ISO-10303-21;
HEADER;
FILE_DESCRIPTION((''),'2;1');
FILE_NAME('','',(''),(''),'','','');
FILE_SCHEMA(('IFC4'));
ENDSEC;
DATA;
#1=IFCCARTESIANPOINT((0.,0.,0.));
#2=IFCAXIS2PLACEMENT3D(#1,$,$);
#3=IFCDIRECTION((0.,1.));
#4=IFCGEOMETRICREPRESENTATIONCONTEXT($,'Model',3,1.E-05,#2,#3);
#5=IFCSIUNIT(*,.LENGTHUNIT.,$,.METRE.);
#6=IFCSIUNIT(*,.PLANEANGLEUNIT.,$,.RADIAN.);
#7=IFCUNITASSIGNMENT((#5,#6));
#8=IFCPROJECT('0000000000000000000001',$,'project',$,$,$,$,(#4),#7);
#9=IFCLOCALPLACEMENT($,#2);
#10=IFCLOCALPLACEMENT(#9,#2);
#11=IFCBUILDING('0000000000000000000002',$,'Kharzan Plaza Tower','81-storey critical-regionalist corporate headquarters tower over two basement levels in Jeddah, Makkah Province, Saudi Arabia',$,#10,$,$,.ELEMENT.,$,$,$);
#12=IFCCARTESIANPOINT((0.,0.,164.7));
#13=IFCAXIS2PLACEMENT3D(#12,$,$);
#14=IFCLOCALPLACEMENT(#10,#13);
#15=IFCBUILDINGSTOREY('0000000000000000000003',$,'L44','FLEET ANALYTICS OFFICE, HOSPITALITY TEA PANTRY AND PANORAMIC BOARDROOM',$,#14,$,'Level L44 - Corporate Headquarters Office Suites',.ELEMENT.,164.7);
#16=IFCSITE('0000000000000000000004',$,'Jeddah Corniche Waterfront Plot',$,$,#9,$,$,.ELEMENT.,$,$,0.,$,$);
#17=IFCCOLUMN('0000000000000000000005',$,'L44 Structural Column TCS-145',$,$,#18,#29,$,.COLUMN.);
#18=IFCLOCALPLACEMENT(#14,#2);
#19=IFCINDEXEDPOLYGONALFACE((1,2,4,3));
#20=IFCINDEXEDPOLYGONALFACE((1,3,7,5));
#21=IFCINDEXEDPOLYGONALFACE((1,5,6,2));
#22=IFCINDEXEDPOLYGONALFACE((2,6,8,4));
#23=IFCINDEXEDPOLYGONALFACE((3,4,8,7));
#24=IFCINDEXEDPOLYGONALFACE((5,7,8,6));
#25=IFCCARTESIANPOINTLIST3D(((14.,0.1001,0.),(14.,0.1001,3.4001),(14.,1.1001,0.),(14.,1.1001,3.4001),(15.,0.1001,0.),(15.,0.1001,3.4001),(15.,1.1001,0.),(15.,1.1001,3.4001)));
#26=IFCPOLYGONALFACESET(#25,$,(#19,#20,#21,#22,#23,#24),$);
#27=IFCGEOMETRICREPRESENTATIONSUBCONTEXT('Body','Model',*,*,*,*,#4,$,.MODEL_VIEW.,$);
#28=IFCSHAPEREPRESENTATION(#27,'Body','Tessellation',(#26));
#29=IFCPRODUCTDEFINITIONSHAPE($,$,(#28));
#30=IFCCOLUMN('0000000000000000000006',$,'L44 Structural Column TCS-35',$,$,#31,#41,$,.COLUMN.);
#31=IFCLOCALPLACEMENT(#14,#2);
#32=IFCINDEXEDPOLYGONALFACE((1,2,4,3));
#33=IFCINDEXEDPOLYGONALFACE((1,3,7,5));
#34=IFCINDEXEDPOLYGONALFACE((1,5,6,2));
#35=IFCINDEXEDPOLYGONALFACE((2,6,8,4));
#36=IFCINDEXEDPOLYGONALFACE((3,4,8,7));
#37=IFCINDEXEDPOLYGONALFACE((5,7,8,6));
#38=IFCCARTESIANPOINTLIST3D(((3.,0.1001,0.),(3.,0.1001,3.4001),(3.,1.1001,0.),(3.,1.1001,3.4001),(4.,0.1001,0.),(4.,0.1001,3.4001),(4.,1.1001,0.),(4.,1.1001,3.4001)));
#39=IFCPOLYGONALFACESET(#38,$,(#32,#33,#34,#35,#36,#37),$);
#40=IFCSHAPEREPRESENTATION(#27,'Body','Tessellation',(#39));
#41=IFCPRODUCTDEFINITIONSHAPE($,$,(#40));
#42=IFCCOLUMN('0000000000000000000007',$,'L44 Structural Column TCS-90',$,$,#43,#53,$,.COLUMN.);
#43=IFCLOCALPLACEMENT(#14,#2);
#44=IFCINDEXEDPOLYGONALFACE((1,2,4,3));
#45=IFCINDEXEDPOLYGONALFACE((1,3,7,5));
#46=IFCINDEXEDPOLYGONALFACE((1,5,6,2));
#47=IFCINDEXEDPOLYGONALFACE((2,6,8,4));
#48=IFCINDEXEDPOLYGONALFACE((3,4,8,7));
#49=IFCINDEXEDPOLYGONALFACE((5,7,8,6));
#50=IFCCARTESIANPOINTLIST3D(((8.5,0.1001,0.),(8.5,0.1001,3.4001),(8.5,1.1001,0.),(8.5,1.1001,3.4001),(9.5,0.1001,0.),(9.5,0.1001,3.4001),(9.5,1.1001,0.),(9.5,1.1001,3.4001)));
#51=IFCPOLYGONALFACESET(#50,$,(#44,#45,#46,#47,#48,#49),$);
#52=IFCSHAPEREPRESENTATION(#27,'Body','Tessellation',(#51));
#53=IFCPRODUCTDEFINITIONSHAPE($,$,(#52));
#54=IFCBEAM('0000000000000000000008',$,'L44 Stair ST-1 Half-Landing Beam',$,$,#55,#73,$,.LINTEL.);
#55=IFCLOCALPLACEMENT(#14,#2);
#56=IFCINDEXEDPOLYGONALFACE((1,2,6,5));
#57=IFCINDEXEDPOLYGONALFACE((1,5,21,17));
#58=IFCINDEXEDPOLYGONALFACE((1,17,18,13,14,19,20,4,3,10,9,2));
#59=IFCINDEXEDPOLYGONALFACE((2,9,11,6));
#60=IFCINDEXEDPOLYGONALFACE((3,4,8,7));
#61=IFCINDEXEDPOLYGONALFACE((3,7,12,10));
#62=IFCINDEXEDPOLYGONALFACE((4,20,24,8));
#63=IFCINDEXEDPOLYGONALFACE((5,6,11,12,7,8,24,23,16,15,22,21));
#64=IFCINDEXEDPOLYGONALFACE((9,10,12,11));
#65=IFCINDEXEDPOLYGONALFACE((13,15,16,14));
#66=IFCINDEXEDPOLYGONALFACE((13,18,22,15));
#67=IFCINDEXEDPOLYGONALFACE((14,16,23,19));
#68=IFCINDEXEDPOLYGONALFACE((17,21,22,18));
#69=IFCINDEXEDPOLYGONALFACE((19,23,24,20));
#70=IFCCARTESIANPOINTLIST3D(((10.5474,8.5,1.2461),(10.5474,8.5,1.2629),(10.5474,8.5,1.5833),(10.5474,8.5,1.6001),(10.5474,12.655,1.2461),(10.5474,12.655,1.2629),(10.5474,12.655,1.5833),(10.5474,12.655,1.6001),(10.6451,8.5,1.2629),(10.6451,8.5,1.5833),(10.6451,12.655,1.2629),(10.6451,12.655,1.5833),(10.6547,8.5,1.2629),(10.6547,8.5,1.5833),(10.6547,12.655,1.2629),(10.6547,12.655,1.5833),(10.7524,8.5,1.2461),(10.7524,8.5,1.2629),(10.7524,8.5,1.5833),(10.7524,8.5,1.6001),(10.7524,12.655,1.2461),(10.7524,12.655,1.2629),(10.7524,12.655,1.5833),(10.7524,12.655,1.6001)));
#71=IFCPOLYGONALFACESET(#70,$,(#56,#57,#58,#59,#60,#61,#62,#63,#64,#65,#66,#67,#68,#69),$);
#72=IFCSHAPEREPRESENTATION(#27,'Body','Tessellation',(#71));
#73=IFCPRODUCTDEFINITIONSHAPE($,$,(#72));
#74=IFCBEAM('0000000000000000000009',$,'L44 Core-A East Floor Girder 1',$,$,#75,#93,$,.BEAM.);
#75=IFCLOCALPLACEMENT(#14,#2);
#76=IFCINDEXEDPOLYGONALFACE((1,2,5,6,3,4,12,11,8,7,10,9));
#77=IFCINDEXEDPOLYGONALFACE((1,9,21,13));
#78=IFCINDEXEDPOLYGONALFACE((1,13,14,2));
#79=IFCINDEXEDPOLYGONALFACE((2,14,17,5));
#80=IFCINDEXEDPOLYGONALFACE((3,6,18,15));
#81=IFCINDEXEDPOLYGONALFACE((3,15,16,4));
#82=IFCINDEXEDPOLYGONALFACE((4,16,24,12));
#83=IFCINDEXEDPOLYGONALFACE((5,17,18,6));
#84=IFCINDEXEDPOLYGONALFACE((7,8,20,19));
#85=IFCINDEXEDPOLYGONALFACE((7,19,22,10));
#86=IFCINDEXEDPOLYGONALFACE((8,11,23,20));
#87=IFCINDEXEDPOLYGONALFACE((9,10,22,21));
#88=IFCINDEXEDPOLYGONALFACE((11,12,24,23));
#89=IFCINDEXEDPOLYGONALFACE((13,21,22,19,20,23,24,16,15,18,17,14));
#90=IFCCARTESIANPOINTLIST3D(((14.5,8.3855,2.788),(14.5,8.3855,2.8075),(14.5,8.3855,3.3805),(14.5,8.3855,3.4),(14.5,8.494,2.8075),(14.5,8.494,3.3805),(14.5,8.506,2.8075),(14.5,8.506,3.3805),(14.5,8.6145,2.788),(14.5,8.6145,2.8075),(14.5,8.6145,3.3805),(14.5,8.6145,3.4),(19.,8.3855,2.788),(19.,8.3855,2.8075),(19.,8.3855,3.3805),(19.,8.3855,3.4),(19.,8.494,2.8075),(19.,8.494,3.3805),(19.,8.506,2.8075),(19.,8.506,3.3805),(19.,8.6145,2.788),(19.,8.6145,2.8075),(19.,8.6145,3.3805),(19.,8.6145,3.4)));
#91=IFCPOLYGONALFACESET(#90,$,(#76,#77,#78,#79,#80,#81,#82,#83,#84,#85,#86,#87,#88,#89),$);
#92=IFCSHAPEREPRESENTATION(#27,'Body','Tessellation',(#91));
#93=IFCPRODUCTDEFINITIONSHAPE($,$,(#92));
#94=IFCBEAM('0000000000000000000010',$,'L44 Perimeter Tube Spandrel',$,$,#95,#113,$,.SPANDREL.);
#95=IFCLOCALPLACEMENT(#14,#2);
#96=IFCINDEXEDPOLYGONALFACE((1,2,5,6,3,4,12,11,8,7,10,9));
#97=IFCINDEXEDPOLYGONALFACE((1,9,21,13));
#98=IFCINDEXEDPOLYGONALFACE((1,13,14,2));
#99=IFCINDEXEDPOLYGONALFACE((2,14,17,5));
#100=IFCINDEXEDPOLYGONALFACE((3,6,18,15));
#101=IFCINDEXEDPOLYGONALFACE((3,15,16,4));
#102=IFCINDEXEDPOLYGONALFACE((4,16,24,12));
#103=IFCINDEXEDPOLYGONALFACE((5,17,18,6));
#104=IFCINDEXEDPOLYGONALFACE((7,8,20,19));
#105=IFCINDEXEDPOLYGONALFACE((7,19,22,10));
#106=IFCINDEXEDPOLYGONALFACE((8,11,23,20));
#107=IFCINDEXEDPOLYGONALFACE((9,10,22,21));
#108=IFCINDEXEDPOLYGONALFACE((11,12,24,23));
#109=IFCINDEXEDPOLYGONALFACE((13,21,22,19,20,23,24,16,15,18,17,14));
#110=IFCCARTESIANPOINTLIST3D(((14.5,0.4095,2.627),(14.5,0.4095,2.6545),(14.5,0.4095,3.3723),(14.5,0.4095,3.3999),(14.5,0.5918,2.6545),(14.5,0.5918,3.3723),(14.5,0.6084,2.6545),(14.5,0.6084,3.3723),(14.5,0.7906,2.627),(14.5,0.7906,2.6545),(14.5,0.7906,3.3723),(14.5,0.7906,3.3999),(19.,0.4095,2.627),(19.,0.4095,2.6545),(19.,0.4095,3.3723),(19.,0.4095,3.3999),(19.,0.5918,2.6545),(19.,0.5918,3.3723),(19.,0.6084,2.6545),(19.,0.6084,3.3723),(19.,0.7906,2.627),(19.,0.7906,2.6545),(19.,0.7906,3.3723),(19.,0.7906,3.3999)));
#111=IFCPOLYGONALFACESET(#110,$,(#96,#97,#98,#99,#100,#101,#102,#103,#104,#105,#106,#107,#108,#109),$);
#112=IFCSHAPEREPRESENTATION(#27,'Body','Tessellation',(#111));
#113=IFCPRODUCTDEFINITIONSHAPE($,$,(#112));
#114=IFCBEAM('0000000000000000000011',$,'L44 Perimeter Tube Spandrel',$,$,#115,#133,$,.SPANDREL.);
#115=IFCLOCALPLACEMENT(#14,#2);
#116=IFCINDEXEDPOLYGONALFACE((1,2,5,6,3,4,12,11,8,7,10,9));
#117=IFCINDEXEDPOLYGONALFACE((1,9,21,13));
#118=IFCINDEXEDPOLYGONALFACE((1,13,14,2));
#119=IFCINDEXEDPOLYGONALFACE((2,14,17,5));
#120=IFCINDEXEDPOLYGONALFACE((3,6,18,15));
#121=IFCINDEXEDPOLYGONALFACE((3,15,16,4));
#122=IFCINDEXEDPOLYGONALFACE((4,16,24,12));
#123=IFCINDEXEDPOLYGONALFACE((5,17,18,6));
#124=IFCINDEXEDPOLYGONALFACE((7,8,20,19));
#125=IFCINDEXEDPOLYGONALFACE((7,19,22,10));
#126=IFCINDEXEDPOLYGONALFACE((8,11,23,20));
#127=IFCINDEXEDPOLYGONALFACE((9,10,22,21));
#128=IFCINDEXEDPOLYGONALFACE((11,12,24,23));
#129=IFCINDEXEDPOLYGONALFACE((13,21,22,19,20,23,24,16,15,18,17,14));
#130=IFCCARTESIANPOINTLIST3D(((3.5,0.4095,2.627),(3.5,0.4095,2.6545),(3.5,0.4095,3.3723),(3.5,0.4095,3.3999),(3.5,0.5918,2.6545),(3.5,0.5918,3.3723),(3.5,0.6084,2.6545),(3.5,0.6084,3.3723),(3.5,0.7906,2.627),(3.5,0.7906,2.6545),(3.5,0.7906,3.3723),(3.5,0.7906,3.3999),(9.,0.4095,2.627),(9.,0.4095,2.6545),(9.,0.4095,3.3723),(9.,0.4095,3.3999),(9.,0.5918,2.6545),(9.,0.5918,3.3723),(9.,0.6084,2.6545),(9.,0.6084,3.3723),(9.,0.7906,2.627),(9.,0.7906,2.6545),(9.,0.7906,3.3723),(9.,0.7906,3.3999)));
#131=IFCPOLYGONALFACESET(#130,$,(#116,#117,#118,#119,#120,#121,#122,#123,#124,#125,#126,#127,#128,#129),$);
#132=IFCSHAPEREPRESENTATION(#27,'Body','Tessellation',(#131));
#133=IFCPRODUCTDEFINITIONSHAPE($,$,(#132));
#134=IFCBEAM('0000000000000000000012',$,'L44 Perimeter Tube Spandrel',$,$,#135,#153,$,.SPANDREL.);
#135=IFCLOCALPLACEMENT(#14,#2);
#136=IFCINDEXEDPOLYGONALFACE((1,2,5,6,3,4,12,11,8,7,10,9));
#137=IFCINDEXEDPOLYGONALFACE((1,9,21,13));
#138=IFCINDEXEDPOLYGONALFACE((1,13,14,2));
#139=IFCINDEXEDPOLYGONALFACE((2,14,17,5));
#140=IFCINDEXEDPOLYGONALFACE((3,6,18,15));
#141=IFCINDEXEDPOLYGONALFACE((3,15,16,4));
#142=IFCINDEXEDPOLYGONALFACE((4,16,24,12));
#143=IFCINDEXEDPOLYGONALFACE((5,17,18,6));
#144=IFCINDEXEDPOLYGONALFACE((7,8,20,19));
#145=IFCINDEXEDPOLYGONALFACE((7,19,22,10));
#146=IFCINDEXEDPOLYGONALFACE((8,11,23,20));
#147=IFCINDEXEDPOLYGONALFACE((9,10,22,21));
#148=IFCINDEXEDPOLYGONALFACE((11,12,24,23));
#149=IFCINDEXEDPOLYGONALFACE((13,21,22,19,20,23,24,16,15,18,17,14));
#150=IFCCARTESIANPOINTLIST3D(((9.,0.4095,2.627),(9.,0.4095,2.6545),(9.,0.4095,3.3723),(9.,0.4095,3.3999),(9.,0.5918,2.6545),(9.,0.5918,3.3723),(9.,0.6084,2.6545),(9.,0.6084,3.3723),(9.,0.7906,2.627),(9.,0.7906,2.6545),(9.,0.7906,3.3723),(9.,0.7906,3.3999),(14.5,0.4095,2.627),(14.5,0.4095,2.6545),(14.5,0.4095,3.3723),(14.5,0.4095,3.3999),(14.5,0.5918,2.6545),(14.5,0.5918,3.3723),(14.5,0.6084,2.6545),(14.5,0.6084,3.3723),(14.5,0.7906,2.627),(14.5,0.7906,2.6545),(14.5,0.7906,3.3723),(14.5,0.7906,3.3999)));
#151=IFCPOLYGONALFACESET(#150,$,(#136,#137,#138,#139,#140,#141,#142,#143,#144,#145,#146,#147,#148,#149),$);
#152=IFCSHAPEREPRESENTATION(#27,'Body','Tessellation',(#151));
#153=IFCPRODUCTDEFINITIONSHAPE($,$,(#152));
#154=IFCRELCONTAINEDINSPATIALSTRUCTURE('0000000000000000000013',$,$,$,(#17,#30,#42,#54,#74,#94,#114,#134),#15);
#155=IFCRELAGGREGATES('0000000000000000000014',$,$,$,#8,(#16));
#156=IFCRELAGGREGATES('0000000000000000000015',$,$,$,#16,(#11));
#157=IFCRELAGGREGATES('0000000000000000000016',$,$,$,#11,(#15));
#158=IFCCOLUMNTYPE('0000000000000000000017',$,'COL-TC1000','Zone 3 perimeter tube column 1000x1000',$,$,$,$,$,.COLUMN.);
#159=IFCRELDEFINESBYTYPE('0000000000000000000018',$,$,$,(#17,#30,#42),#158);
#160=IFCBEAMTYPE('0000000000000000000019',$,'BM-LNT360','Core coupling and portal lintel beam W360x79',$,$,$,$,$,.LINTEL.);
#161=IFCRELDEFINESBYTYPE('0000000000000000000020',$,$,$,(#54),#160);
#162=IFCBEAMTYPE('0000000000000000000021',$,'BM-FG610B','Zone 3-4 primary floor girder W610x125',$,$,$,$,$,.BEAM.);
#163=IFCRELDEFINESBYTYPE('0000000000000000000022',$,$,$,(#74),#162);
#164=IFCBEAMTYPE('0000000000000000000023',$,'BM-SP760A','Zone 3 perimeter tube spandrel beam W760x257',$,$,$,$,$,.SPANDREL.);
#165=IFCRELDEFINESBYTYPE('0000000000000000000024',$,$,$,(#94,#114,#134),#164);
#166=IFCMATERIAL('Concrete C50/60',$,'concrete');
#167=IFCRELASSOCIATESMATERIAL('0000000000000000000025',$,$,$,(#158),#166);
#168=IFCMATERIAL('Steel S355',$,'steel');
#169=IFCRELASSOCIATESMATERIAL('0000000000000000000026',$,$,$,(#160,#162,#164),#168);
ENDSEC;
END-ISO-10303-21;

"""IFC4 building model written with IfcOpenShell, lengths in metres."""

from ifc_helpers import new_model, si_unit, direction, frame, origin, origin_2d, place, context, subcontext, project, spatial, rectangle, i_section, extrude, source, transform, mapped, material, material_profile, profile_set, type_object, element, save


model = new_model("IFC4")

# Units and contexts
model_context = context("Model", 3, precision=1e-05, world=origin(), true_north=direction((0.0, 1.0)))
body_context = subcontext(model_context, "Body", "Model", "MODEL_VIEW")
ifc_project = project(units=[si_unit("LENGTHUNIT", "METRE"), si_unit("PLANEANGLEUNIT", "RADIAN")], contexts=[model_context])

# Site, building, storey
site_placement = place(None, origin())
site = spatial("IfcSite", under=ifc_project, at=site_placement, Name="Jeddah Corniche Waterfront Plot", CompositionType="ELEMENT", RefElevation=0.0)
building_placement = place(site_placement, origin())
building = spatial("IfcBuilding", under=site, at=building_placement, Name="Kharzan Plaza Tower", Description="81-storey critical-regionalist corporate headquarters tower over two basement levels in Jeddah, Makkah Province, Saudi Arabia", CompositionType="ELEMENT")
storey_placement = place(building_placement, frame((0.0, 0.0, 164.7)))
storey = spatial("IfcBuildingStorey", under=building, at=storey_placement, Name="L44", Description="FLEET ANALYTICS OFFICE, HOSPITALITY TEA PANTRY AND PANORAMIC BOARDROOM", LongName="Level L44 - Corporate Headquarters Office Suites", CompositionType="ELEMENT", Elevation=164.7)

# Columns
ifc_material_1 = material(Name="Concrete C50/60", Category="concrete")
ifc_material_profile_1 = material_profile(ifc_material_1, rectangle(XDim=1.0, YDim=1.0, at=origin_2d()), Name="RC-TC1000x1000")
ifc_profile_set_1 = profile_set([ifc_material_profile_1], Name="Concrete C50/60")
column_type = type_object("IfcColumnType", Name="COL-TC1000", Description="Zone 3 perimeter tube column 1000x1000", PredefinedType="COLUMN", material=ifc_profile_set_1)
shared_shape_1 = source(origin(), body_context, "Body", "SweptSolid", [
    extrude(rectangle(XDim=1.0, YDim=1.0, at=origin_2d()), origin(), (0.0, 0.0, 1.0), 3.4001),
])
for number, where, z_axis, x_axis, name in (
    (1, (14.5, 0.6001, 0.0), (0.0, 0.0, 1.0), (1.0, 0.0, 0.0), "L44 Structural Column TCS-145"),
    (2, (3.5, 0.6001, 0.0), (0.0, 0.0, 1.0), (1.0, 0.0, 0.0), "L44 Structural Column TCS-35"),
    (3, (9.0, 0.6001, 0.0), (0.0, 0.0, 1.0), (1.0, 0.0, 0.0), "L44 Structural Column TCS-90"),
):
    element("IfcColumn", number, at=place(storey_placement, frame(where, z_axis=z_axis, x_axis=x_axis)), inside=storey, type_object=column_type, Name=name, PredefinedType="COLUMN", context=body_context, shape_type="MappedRepresentation", body=[
        mapped(shared_shape_1, transform((0.0, 0.0, 0.0), x_axis=(1.0, 0.0, 0.0), y_axis=(0.0, 1.0, 0.0), z_axis=(0.0, 0.0, 1.0))),
    ])

# Beams
ifc_material_2 = material(Name="Steel S355", Category="steel")
ifc_material_profile_2 = material_profile(ifc_material_2, i_section(OverallWidth=0.2051, OverallDepth=0.354, WebThickness=0.0095, FlangeThickness=0.0168, at=origin_2d()), Name="W360x79")
ifc_profile_set_2 = profile_set([ifc_material_profile_2], Name="Steel S355")
beam_type_1 = type_object("IfcBeamType", Name="BM-LNT360", Description="Core coupling and portal lintel beam W360x79", PredefinedType="LINTEL", material=ifc_profile_set_2)
shared_shape_2 = source(origin(), body_context, "Body", "SweptSolid", [
    extrude(i_section(OverallWidth=0.2051, OverallDepth=0.354, WebThickness=0.0095, FlangeThickness=0.0168, at=origin_2d()), origin(), (0.0, 0.0, 1.0), 4.155),
])
beam_1_placement = place(storey_placement, frame((10.6499, 8.5, 1.4231), z_axis=(0.0, 1.0, 0.0), x_axis=(-1.0, 0.0, 0.0)))
element("IfcBeam", 4, at=beam_1_placement, inside=storey, type_object=beam_type_1, Name="L44 Stair ST-1 Half-Landing Beam", PredefinedType="LINTEL", context=body_context, shape_type="MappedRepresentation", body=[
    mapped(shared_shape_2, transform((0.0, 0.0, 0.0), x_axis=(1.0, 0.0, 0.0), y_axis=(0.0, 1.0, 0.0), z_axis=(0.0, 0.0, 1.0))),
])
ifc_material_profile_3 = material_profile(ifc_material_2, i_section(OverallWidth=0.229, OverallDepth=0.6121, WebThickness=0.012, FlangeThickness=0.0195, at=origin_2d()), Name="W610x125")
ifc_profile_set_3 = profile_set([ifc_material_profile_3], Name="Steel S355")
beam_type_2 = type_object("IfcBeamType", Name="BM-FG610B", Description="Zone 3-4 primary floor girder W610x125", PredefinedType="BEAM", material=ifc_profile_set_3)
shared_shape_3 = source(origin(), body_context, "Body", "SweptSolid", [
    extrude(i_section(OverallWidth=0.229, OverallDepth=0.6121, WebThickness=0.012, FlangeThickness=0.0195, at=origin_2d()), origin(), (0.0, 0.0, 1.0), 4.5),
])
beam_2_placement = place(storey_placement, frame((14.5, 8.5, 3.094), z_axis=(1.0, 0.0, 0.0), x_axis=(0.0, 1.0, 0.0)))
element("IfcBeam", 5, at=beam_2_placement, inside=storey, type_object=beam_type_2, Name="L44 Core-A East Floor Girder 1", PredefinedType="BEAM", context=body_context, shape_type="MappedRepresentation", body=[
    mapped(shared_shape_3, transform((0.0, 0.0, 0.0), x_axis=(1.0, 0.0, 0.0), y_axis=(0.0, 1.0, 0.0), z_axis=(0.0, 0.0, 1.0))),
])
ifc_material_profile_4 = material_profile(ifc_material_2, i_section(OverallWidth=0.3811, OverallDepth=0.7729, WebThickness=0.0166, FlangeThickness=0.0276, at=origin_2d()), Name="W760x257")
ifc_profile_set_4 = profile_set([ifc_material_profile_4], Name="Steel S355")
beam_type_3 = type_object("IfcBeamType", Name="BM-SP760A", Description="Zone 3 perimeter tube spandrel beam W760x257", PredefinedType="SPANDREL", material=ifc_profile_set_4)
shared_shape_4 = source(origin(), body_context, "Body", "SweptSolid", [
    extrude(i_section(OverallWidth=0.3811, OverallDepth=0.7729, WebThickness=0.0166, FlangeThickness=0.0276, at=origin_2d()), origin(), (0.0, 0.0, 1.0), 4.5),
])
beam_3_placement = place(storey_placement, frame((14.5, 0.6001, 3.0134), z_axis=(1.0, 0.0, 0.0), x_axis=(0.0, 1.0, 0.0)))
element("IfcBeam", 6, at=beam_3_placement, inside=storey, type_object=beam_type_3, Name="L44 Perimeter Tube Spandrel", PredefinedType="SPANDREL", context=body_context, shape_type="MappedRepresentation", body=[
    mapped(shared_shape_4, transform((0.0, 0.0, 0.0), x_axis=(1.0, 0.0, 0.0), y_axis=(0.0, 1.0, 0.0), z_axis=(0.0, 0.0, 1.0))),
])
shared_shape_5 = source(origin(), body_context, "Body", "SweptSolid", [
    extrude(i_section(OverallWidth=0.3811, OverallDepth=0.7729, WebThickness=0.0166, FlangeThickness=0.0276, at=origin_2d()), origin(), (0.0, 0.0, 1.0), 5.5),
])
for number, where, z_axis, x_axis, name in (
    (7, (3.5, 0.6001, 3.0134), (1.0, 0.0, 0.0), (0.0, 1.0, 0.0), "L44 Perimeter Tube Spandrel"),
    (8, (9.0, 0.6001, 3.0134), (1.0, 0.0, 0.0), (0.0, 1.0, 0.0), "L44 Perimeter Tube Spandrel"),
):
    element("IfcBeam", number, at=place(storey_placement, frame(where, z_axis=z_axis, x_axis=x_axis)), inside=storey, type_object=beam_type_3, Name=name, PredefinedType="SPANDREL", context=body_context, shape_type="MappedRepresentation", body=[
        mapped(shared_shape_5, transform((0.0, 0.0, 0.0), x_axis=(1.0, 0.0, 0.0), y_axis=(0.0, 1.0, 0.0), z_axis=(0.0, 0.0, 1.0))),
    ])

save(model, "model.ifc")
